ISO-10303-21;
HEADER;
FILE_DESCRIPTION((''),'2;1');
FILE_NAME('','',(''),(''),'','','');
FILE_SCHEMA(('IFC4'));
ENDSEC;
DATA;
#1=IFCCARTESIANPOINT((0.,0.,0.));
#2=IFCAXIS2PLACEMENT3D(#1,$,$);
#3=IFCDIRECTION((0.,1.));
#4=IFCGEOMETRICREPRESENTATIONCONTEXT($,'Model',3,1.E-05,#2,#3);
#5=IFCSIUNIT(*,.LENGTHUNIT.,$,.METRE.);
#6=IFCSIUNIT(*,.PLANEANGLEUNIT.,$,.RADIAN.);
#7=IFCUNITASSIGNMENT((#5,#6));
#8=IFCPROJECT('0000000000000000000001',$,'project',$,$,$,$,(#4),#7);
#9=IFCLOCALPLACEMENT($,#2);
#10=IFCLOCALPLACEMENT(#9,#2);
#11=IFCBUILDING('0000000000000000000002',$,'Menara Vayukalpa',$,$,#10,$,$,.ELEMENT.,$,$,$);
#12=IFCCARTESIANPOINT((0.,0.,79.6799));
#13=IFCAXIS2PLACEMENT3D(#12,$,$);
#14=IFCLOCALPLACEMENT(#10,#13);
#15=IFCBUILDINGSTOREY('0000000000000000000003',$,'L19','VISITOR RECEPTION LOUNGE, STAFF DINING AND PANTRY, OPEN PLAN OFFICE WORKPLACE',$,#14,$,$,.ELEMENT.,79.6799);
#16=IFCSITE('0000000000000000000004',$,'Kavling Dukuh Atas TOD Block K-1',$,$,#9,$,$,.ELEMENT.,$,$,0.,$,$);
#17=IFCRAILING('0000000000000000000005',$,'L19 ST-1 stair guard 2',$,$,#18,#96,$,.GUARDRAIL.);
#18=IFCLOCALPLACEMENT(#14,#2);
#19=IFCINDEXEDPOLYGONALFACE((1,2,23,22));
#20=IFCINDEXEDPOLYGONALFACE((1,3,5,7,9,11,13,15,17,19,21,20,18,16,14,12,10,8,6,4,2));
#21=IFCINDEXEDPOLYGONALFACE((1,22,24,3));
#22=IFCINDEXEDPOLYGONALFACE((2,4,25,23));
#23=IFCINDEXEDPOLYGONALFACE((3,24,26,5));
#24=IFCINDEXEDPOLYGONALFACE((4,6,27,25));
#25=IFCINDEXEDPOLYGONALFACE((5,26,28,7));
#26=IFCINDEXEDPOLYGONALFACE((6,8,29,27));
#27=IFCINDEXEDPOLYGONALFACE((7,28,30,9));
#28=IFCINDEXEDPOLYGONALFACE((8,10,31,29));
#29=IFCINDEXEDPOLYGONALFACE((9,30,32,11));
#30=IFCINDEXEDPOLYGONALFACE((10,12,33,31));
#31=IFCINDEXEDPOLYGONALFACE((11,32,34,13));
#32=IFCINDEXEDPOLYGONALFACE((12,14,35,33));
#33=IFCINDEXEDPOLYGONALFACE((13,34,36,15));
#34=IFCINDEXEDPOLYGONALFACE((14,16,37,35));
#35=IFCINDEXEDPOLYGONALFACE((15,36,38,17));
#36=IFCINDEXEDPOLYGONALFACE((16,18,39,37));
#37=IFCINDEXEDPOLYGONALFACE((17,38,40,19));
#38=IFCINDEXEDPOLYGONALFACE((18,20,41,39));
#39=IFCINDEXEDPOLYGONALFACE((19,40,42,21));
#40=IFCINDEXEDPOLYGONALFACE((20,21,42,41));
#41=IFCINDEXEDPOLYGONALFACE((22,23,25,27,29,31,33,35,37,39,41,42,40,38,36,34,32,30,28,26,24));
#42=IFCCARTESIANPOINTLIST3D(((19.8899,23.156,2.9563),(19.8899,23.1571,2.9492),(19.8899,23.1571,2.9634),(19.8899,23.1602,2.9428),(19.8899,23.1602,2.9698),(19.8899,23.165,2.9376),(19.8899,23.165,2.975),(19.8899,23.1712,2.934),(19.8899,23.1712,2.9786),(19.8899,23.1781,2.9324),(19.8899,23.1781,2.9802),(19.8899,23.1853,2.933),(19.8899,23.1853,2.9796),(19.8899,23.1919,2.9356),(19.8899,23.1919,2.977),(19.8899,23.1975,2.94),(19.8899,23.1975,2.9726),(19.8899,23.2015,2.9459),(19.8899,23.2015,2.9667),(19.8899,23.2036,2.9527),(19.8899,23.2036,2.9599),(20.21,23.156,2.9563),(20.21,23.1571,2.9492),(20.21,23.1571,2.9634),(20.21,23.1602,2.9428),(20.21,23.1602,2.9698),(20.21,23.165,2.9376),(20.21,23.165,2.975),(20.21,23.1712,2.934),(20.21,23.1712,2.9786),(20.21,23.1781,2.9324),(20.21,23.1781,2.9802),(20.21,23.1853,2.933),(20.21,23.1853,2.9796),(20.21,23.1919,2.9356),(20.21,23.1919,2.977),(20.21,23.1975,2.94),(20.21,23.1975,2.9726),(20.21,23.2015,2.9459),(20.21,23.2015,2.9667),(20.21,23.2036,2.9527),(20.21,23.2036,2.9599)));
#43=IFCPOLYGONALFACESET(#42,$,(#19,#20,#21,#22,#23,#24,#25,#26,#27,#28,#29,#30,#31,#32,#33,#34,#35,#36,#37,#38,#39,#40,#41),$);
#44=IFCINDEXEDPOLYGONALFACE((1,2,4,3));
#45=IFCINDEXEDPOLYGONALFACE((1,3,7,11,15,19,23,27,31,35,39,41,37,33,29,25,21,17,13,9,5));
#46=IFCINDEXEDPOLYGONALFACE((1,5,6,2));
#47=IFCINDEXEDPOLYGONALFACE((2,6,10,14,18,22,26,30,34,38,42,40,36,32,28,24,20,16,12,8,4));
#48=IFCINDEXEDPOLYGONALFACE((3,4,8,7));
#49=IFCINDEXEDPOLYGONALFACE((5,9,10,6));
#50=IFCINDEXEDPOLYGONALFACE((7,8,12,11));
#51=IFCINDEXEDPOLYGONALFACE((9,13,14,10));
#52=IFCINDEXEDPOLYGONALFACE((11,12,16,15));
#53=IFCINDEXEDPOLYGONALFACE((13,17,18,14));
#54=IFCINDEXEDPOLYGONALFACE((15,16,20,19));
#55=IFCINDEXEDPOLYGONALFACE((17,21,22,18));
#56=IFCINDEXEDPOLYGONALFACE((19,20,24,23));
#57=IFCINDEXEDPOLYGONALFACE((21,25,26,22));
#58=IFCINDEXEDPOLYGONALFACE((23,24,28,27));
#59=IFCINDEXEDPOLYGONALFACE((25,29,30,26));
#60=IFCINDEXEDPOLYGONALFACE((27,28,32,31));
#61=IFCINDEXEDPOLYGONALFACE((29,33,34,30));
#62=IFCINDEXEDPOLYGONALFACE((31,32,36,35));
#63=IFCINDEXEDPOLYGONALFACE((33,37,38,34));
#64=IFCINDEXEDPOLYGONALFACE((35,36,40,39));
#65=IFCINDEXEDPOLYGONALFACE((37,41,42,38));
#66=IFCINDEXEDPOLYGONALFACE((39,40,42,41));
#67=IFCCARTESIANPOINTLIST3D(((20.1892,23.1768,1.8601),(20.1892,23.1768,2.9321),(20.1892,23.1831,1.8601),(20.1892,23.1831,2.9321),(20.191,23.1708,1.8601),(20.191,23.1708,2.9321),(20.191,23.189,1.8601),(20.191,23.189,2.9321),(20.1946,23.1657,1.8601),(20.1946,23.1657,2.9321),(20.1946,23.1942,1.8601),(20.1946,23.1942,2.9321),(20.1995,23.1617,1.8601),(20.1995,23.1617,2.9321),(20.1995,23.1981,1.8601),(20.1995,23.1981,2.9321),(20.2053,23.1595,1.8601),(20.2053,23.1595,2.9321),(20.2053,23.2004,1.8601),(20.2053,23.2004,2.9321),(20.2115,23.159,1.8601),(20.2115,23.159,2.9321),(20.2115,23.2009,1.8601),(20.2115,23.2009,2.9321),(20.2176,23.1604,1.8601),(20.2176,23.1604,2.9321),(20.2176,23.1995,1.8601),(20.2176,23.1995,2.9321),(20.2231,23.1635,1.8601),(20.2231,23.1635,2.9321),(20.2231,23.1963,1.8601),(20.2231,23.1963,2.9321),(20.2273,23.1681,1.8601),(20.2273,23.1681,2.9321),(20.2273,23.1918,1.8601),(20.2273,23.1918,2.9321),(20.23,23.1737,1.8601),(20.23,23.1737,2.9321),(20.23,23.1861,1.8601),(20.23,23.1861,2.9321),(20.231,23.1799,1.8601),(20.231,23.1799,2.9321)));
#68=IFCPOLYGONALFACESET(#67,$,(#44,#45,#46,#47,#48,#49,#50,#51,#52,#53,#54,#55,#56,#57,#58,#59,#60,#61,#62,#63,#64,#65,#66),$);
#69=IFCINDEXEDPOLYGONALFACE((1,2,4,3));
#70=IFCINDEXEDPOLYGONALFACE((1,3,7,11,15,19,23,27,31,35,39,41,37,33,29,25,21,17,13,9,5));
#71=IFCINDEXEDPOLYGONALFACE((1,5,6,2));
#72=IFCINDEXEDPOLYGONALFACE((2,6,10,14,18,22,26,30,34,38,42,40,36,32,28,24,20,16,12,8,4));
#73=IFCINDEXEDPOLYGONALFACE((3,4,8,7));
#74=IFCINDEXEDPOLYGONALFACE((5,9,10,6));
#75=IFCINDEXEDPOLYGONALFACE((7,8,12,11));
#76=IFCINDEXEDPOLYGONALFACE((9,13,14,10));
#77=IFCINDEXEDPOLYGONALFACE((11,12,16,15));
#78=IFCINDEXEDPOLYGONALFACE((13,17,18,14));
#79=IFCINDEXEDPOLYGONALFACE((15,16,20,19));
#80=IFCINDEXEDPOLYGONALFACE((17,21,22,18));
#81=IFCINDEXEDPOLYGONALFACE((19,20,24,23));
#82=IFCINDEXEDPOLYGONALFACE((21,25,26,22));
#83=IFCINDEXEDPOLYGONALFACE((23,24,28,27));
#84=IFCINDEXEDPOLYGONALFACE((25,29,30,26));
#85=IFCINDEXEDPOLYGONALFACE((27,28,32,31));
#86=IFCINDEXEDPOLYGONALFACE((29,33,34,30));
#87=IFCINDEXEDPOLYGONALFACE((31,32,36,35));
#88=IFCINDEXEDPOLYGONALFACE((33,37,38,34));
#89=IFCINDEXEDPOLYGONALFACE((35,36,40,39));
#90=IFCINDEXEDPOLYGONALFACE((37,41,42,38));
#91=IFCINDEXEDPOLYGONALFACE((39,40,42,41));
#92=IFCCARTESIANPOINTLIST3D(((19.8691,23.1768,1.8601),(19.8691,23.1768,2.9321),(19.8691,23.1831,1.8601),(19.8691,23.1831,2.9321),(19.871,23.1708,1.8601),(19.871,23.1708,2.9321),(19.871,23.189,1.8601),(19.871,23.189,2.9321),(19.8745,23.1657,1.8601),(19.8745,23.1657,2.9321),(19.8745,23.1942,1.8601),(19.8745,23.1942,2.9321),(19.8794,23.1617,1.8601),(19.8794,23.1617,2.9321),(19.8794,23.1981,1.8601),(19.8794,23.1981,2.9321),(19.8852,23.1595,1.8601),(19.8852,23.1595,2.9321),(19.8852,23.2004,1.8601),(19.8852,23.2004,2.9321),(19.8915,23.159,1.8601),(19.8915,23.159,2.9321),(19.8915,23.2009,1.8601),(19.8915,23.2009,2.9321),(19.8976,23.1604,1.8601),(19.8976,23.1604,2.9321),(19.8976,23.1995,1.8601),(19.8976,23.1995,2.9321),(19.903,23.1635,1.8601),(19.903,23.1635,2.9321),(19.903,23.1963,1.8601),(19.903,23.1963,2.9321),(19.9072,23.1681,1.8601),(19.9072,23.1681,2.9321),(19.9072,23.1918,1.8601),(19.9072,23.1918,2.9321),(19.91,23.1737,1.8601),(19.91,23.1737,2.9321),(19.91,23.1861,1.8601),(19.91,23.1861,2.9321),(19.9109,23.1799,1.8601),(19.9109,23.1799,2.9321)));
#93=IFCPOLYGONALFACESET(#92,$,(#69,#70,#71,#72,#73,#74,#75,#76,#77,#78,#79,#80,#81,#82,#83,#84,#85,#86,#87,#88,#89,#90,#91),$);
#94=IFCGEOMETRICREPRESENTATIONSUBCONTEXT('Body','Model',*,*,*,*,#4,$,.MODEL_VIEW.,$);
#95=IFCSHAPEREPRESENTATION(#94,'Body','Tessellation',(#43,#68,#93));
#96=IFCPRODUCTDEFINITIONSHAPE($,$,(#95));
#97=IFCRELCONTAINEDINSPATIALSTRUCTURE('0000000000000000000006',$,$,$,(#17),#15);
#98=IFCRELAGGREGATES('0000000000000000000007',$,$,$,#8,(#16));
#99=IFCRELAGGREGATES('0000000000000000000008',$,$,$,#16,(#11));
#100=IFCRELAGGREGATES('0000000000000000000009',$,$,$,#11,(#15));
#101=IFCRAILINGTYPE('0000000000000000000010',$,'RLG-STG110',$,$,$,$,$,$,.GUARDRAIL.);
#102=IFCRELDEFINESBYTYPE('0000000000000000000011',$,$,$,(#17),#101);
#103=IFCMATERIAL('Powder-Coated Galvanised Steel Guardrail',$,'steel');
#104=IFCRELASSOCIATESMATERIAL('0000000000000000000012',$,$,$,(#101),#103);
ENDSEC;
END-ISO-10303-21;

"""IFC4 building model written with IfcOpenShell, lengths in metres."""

from ifc_helpers import new_model, si_unit, direction, frame, origin, origin_2d, place, context, subcontext, project, spatial, circle, extrude, material, type_object, element, save


model = new_model("IFC4")

# Units and contexts
model_context = context("Model", 3, precision=1e-05, world=origin(), true_north=direction((0.0, 1.0)))
body_context = subcontext(model_context, "Body", "Model", "MODEL_VIEW")
ifc_project = project(units=[si_unit("LENGTHUNIT", "METRE"), si_unit("PLANEANGLEUNIT", "RADIAN")], contexts=[model_context])

# Site, building, storey
site_placement = place(None, origin())
site = spatial("IfcSite", under=ifc_project, at=site_placement, Name="Kavling Dukuh Atas TOD Block K-1", CompositionType="ELEMENT", RefElevation=0.0)
building_placement = place(site_placement, origin())
building = spatial("IfcBuilding", under=site, at=building_placement, Name="Menara Vayukalpa", CompositionType="ELEMENT")
storey_placement = place(building_placement, frame((0.0, 0.0, 79.6799)))
storey = spatial("IfcBuildingStorey", under=building, at=storey_placement, Name="L19", Description="VISITOR RECEPTION LOUNGE, STAFF DINING AND PANTRY, OPEN PLAN OFFICE WORKPLACE", CompositionType="ELEMENT", Elevation=79.6799)

# Railing
ifc_material_1 = material(Name="Powder-Coated Galvanised Steel Guardrail", Category="steel")
railing_type_1 = type_object("IfcRailingType", Name="RLG-STG110", PredefinedType="GUARDRAIL", material=ifc_material_1)
railing_1_placement = place(storey_placement, frame((20.21, 23.1799, 1.8601)))
element("IfcRailing", 1, at=railing_1_placement, inside=storey, type_object=railing_type_1, Name="L19 ST-1 stair guard 2", PredefinedType="GUARDRAIL", context=body_context, shape_type="SweptSolid", body=[
    extrude(circle(Radius=0.0239, at=origin_2d()), frame((0.0, 0.0, 1.0962), z_axis=(-1.0, 0.0, 0.0), x_axis=(0.0, -1.0, 0.0)), (0.0, 0.0, 1.0), 0.3201),
    extrude(circle(Radius=0.021, at=origin_2d()), origin(), (0.0, 0.0, 1.0), 1.072),
    extrude(circle(Radius=0.021, at=origin_2d()), frame((-0.3201, 0.0, 0.0)), (0.0, 0.0, 1.0), 1.072),
])

save(model, "model.ifc")
